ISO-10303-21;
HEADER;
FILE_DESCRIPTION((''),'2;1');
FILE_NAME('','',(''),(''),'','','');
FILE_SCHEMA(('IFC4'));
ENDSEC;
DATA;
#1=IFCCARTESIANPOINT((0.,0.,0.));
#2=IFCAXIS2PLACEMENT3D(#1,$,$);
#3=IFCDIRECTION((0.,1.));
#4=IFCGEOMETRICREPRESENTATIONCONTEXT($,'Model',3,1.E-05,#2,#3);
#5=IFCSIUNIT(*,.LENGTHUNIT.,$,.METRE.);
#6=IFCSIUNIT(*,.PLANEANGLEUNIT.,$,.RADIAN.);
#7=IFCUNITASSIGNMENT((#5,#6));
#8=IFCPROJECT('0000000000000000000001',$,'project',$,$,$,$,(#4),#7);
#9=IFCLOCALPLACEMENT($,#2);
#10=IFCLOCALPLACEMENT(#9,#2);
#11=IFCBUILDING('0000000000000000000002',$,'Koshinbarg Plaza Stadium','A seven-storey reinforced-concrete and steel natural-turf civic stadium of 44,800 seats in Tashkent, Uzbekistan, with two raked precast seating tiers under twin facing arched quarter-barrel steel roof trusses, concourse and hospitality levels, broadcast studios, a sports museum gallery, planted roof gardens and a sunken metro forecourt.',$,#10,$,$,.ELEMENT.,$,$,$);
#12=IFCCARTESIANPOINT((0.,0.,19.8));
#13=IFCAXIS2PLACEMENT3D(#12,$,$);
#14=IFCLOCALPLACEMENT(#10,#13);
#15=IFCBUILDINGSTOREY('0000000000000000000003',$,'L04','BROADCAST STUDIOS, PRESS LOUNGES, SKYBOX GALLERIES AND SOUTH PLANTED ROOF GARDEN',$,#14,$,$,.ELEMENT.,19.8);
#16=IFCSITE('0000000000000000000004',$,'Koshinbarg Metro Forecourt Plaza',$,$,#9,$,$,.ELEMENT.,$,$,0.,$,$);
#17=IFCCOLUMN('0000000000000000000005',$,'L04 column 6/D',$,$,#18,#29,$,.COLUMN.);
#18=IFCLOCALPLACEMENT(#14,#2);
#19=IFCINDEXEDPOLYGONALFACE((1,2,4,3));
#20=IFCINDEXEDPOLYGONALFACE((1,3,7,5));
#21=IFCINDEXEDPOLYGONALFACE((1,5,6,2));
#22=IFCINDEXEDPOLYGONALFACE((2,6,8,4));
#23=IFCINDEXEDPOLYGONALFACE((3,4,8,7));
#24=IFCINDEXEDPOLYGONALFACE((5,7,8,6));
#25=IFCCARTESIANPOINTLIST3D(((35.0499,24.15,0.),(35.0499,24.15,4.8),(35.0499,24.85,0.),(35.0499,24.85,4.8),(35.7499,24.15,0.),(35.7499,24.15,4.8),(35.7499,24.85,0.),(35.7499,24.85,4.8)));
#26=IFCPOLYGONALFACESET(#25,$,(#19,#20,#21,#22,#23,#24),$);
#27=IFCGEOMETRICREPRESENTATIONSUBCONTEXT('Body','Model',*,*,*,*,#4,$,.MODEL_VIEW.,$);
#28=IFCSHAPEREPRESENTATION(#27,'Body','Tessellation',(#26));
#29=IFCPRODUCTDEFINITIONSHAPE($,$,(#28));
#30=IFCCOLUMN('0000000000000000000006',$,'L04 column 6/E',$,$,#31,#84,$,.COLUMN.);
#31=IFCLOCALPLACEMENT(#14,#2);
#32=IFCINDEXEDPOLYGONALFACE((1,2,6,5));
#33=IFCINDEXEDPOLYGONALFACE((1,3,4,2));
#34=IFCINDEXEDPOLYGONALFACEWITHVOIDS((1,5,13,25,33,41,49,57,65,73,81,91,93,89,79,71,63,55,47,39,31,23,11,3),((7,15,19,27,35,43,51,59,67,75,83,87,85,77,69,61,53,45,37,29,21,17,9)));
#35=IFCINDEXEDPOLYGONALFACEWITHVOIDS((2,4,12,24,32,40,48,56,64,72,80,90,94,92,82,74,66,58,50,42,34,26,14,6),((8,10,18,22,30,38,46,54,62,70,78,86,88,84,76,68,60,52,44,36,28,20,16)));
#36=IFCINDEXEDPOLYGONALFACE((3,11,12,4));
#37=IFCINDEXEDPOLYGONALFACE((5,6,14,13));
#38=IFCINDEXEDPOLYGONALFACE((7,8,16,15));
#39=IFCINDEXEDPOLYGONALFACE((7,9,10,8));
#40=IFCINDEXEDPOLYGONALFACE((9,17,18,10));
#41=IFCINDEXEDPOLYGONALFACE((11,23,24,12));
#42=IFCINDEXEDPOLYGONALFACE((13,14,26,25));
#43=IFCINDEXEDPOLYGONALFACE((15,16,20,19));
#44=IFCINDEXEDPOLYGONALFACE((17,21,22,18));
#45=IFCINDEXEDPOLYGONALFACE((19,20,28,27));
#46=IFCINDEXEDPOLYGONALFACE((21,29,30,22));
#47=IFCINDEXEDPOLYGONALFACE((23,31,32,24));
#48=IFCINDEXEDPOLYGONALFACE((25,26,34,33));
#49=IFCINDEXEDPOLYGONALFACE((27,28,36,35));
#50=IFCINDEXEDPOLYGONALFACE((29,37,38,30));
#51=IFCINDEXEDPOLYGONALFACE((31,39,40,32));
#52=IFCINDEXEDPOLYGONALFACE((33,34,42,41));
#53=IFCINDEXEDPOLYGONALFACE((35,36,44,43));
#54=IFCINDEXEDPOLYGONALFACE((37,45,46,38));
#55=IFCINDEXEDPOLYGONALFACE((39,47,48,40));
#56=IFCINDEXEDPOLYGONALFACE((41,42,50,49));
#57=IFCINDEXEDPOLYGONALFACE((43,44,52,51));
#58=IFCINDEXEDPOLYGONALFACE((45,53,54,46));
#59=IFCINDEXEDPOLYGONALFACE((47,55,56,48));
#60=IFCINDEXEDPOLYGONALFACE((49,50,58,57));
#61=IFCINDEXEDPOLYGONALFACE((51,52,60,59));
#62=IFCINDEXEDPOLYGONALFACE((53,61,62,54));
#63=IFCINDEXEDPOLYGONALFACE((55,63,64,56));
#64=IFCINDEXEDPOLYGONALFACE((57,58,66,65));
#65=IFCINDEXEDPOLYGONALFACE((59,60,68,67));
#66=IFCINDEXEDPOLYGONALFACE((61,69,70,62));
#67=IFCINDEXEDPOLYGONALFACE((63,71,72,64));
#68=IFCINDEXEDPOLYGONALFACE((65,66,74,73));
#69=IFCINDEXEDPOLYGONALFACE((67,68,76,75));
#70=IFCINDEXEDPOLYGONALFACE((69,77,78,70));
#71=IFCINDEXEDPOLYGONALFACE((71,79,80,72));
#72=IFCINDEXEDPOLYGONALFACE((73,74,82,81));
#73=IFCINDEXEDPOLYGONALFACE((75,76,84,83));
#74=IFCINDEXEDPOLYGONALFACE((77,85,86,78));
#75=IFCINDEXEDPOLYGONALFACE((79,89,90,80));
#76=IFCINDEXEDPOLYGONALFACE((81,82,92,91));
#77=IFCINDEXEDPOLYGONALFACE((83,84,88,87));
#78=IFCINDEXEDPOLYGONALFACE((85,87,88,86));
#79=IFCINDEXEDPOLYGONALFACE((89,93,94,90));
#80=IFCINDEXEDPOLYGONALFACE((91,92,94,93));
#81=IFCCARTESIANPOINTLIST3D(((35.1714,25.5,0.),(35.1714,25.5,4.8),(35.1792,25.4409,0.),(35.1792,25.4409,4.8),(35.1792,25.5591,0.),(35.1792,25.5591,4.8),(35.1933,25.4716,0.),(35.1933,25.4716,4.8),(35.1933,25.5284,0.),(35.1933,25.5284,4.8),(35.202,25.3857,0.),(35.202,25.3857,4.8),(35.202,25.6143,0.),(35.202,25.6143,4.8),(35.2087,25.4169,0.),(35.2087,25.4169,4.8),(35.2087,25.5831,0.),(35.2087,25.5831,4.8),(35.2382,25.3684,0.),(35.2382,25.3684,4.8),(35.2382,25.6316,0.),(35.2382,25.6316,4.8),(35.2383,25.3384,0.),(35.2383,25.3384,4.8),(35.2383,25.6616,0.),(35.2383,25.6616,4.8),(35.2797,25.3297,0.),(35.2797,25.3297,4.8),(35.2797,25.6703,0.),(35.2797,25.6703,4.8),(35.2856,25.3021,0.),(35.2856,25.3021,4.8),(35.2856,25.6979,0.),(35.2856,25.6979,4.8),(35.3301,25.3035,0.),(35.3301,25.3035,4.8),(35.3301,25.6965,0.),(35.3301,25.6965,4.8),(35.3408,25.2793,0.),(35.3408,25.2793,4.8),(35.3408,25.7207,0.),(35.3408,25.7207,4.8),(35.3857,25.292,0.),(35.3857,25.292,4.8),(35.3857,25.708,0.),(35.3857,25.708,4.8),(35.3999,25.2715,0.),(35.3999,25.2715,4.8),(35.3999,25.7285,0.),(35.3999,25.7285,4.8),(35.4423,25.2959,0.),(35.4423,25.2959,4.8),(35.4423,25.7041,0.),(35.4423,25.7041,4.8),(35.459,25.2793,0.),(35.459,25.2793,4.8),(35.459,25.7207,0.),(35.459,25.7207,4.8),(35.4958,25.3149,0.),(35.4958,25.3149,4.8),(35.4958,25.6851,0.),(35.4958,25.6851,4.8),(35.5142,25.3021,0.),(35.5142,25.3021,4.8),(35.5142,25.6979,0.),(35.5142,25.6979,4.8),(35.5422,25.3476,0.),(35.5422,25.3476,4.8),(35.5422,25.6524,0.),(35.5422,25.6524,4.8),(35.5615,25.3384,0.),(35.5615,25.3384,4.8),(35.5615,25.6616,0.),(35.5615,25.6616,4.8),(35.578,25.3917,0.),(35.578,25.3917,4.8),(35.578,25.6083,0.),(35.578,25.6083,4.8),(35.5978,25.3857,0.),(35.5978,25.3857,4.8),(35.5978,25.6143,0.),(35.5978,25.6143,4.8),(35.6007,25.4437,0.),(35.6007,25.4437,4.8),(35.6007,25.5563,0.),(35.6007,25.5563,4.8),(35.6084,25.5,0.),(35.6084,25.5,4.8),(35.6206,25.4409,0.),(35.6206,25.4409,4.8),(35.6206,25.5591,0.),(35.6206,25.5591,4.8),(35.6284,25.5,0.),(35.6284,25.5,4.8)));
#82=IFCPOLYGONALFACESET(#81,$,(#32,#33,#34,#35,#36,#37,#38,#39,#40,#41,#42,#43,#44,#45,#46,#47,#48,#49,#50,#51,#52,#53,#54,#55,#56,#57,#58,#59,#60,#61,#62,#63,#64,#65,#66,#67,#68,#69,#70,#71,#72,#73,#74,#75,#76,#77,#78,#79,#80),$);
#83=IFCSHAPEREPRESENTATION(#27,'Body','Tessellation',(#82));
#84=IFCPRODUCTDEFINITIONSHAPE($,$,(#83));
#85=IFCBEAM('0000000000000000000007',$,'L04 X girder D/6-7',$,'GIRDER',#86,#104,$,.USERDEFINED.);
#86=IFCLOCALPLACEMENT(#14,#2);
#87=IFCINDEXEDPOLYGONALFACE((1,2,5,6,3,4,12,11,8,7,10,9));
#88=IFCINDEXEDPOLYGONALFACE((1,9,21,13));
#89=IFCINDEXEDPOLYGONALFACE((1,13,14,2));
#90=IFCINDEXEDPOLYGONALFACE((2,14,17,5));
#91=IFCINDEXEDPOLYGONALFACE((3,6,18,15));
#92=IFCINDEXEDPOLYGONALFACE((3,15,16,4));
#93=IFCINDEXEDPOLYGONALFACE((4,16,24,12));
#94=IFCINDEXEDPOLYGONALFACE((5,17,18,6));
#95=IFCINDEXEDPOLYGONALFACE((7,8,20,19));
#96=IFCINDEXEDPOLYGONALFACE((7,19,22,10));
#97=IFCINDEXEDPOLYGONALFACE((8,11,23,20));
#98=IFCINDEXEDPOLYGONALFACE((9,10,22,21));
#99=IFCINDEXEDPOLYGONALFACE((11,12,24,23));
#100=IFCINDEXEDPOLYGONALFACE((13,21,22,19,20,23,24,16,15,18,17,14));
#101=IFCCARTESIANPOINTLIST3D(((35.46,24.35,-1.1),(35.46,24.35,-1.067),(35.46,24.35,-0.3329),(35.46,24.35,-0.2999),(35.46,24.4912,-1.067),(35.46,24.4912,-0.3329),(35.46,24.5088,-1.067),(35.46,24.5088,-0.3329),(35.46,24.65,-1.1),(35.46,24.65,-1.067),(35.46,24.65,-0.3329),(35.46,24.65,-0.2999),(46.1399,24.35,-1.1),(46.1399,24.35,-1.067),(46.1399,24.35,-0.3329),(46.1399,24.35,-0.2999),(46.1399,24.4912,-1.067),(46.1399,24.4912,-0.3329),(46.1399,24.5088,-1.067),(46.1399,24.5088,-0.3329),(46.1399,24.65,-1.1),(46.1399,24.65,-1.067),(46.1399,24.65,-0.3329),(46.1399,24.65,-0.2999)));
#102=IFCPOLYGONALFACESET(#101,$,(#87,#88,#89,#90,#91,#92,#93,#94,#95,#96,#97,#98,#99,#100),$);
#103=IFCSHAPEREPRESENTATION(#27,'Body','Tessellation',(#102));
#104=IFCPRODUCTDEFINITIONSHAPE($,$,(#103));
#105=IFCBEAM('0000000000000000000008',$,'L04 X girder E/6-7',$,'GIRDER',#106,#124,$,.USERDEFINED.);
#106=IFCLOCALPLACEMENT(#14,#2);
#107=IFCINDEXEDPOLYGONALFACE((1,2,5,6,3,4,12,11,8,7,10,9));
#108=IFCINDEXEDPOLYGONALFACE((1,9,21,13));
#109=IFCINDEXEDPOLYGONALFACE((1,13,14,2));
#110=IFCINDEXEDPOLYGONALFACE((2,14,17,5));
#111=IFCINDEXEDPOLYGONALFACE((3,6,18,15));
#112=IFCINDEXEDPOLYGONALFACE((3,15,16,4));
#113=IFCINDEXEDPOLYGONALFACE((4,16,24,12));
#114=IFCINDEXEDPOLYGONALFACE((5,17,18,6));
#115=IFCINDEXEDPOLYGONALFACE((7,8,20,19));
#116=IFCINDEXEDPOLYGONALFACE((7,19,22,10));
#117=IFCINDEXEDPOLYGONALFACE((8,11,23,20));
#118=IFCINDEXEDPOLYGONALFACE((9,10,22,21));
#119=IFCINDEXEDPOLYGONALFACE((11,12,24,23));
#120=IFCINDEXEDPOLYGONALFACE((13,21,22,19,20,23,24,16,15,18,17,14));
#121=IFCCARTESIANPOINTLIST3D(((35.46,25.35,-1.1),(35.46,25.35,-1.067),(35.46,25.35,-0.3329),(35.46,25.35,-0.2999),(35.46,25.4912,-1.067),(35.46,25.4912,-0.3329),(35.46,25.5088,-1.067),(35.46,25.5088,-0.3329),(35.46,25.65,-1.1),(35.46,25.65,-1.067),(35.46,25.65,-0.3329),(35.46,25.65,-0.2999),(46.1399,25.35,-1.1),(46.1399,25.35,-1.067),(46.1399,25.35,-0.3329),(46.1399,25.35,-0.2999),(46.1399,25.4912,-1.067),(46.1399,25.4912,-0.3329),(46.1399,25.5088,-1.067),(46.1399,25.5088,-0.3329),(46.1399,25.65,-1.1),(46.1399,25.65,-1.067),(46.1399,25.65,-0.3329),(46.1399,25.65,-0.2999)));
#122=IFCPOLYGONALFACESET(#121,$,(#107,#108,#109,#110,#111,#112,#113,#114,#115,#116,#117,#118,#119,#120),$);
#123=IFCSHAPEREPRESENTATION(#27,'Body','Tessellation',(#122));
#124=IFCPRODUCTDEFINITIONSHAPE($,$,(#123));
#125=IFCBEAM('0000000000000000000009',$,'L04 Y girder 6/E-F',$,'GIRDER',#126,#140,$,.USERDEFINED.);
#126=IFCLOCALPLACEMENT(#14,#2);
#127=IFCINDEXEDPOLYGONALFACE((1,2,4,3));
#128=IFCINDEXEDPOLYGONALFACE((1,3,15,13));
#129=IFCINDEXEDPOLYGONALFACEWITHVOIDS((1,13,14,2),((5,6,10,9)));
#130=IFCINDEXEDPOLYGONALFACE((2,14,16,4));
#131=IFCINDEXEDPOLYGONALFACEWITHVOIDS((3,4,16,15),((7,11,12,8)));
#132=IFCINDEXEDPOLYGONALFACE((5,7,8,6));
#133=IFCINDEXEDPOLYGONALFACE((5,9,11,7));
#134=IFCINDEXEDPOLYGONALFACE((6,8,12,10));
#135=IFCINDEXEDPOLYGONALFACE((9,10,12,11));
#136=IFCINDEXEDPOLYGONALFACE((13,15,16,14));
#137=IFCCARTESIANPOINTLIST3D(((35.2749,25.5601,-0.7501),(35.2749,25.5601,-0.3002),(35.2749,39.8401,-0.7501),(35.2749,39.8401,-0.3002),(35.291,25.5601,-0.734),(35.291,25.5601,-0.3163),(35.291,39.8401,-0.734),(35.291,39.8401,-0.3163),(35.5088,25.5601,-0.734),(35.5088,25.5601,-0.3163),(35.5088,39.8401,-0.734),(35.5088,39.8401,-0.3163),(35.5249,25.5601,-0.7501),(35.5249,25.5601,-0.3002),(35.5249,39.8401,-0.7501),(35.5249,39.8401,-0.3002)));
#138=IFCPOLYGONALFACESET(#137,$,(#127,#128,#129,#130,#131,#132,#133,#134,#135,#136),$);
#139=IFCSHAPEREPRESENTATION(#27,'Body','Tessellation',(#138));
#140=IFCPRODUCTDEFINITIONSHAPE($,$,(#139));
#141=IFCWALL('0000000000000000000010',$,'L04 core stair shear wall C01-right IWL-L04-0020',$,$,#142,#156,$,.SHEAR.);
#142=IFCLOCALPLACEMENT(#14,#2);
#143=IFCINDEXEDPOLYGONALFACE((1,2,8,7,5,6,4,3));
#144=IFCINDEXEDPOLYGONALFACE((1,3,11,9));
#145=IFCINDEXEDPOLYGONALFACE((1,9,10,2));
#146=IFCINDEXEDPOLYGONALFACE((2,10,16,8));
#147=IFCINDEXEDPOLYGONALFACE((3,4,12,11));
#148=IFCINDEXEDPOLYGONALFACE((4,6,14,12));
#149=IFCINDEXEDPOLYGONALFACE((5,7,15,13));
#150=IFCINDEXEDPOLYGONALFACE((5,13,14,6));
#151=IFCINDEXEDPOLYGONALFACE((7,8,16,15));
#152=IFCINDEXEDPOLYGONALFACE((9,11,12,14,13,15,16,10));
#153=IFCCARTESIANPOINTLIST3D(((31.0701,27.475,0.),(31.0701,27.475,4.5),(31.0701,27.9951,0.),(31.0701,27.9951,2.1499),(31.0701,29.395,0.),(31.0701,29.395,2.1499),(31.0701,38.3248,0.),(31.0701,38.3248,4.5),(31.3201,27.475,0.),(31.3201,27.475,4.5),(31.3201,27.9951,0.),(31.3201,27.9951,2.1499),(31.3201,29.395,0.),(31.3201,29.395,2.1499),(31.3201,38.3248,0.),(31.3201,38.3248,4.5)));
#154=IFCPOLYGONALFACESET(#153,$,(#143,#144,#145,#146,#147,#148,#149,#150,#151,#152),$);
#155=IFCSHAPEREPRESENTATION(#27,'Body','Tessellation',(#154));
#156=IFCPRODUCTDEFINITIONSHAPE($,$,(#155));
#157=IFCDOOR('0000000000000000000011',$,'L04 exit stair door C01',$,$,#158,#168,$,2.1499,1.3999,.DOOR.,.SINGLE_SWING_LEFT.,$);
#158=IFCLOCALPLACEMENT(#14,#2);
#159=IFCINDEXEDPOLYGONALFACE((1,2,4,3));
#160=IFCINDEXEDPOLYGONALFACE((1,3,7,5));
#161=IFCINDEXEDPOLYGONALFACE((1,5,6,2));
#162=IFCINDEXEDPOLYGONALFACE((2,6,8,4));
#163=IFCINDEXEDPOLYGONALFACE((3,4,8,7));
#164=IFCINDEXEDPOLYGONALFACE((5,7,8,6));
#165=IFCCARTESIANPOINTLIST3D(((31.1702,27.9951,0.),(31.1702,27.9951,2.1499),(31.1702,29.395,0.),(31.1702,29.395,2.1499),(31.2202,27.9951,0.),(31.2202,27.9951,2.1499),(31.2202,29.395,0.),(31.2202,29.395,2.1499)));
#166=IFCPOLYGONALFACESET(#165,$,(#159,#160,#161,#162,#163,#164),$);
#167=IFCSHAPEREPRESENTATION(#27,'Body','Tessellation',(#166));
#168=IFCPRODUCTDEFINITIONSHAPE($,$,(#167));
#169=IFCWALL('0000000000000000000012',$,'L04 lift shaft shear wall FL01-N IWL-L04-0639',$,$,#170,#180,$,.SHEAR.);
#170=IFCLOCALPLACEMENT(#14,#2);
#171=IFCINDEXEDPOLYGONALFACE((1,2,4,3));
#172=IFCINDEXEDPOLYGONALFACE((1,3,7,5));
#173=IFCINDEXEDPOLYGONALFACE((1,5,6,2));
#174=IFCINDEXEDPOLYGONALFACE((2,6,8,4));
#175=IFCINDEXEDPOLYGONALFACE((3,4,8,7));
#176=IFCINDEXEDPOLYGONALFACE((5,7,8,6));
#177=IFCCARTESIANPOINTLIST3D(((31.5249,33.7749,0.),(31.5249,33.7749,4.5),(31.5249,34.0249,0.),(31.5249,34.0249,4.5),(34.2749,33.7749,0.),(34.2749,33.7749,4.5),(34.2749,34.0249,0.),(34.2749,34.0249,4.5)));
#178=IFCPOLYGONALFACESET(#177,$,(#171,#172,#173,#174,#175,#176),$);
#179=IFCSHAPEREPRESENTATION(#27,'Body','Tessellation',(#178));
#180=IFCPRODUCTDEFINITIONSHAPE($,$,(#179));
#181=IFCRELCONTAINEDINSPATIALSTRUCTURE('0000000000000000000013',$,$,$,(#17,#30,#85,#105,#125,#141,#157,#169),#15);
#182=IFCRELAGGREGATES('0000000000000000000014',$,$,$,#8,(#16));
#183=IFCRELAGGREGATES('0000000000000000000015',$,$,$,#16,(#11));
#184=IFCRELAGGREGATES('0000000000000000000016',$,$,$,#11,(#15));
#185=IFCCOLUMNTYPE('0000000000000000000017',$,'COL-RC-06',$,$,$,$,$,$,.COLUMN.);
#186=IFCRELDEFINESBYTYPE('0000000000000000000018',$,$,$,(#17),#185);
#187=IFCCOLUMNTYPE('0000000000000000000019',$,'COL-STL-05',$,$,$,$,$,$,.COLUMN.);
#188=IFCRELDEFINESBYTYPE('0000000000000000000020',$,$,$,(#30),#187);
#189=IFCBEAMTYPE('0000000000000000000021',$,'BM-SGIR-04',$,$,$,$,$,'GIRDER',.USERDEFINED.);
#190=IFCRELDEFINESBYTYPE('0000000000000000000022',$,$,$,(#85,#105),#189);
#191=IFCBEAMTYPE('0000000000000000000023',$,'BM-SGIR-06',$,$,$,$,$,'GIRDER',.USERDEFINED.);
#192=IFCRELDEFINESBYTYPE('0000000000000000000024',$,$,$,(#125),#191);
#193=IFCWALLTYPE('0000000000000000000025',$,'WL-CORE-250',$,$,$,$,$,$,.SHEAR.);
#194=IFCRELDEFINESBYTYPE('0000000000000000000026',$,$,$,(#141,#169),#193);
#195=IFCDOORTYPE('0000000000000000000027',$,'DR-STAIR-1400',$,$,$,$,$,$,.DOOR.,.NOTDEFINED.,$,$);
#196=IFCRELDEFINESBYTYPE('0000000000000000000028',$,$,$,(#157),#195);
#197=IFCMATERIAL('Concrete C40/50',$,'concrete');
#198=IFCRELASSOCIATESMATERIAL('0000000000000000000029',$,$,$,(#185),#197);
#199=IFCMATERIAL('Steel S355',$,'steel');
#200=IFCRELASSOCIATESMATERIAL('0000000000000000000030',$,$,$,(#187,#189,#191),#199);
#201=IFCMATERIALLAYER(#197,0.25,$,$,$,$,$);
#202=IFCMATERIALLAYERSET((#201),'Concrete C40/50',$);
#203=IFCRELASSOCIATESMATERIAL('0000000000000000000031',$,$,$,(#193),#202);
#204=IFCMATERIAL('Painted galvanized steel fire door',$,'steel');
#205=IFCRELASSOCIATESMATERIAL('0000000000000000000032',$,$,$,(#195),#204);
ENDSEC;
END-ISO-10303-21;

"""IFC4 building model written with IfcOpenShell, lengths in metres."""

from ifc_helpers import new_model, si_unit, direction, frame, frame_2d, origin, origin_2d, place, context, subcontext, project, spatial, rectangle, hollow_rectangle, hollow_circle, i_section, extrude, material, layer, layer_set, material_profile, profile_set, type_object, element, fill, save


model = new_model("IFC4")

# Units and contexts
model_context = context("Model", 3, precision=1e-05, world=origin(), true_north=direction((0.0, 1.0)))
body_context = subcontext(model_context, "Body", "Model", "MODEL_VIEW")
ifc_project = project(units=[si_unit("LENGTHUNIT", "METRE"), si_unit("PLANEANGLEUNIT", "RADIAN")], contexts=[model_context])

# Site, building, storey
site_placement = place(None, origin())
site = spatial("IfcSite", under=ifc_project, at=site_placement, Name="Koshinbarg Metro Forecourt Plaza", CompositionType="ELEMENT", RefElevation=0.0)
building_placement = place(site_placement, origin())
building = spatial("IfcBuilding", under=site, at=building_placement, Name="Koshinbarg Plaza Stadium", Description="A seven-storey reinforced-concrete and steel natural-turf civic stadium of 44,800 seats in Tashkent, Uzbekistan, with two raked precast seating tiers under twin facing arched quarter-barrel steel roof trusses, concourse and hospitality levels, broadcast studios, a sports museum gallery, planted roof gardens and a sunken metro forecourt.", CompositionType="ELEMENT")
storey_placement = place(building_placement, frame((0.0, 0.0, 19.8)))
storey = spatial("IfcBuildingStorey", under=building, at=storey_placement, Name="L04", Description="BROADCAST STUDIOS, PRESS LOUNGES, SKYBOX GALLERIES AND SOUTH PLANTED ROOF GARDEN", CompositionType="ELEMENT", Elevation=19.8)

# Columns
ifc_material_1 = material(Name="Concrete C40/50", Category="concrete")
ifc_material_profile_1 = material_profile(ifc_material_1, rectangle(XDim=0.7, YDim=0.7, at=origin_2d()), Name="RC 700x700")
ifc_profile_set_1 = profile_set([ifc_material_profile_1], Name="Concrete C40/50")
column_type_1 = type_object("IfcColumnType", Name="COL-RC-06", PredefinedType="COLUMN", material=ifc_profile_set_1)
column_1_placement = place(storey_placement, frame((35.3999, 24.5, 0.0), z_axis=(0.0, 0.0, 1.0), x_axis=(1.0, 0.0, 0.0)))
element("IfcColumn", 1, at=column_1_placement, inside=storey, type_object=column_type_1, Name="L04 column 6/D", PredefinedType="COLUMN", context=body_context, shape_type="SweptSolid", body=[
    extrude(rectangle(XDim=0.7, YDim=0.7, at=origin_2d()), origin(), (0.0, 0.0, 1.0), 4.8),
])
ifc_material_2 = material(Name="Steel S355", Category="steel")
ifc_material_profile_2 = material_profile(ifc_material_2, hollow_circle(Radius=0.2285, WallThickness=0.02, at=origin_2d()), Name="CHS 457x20")
ifc_profile_set_2 = profile_set([ifc_material_profile_2], Name="Steel S355")
column_type_2 = type_object("IfcColumnType", Name="COL-STL-05", PredefinedType="COLUMN", material=ifc_profile_set_2)
column_2_placement = place(storey_placement, frame((35.3999, 25.5, 0.0), z_axis=(0.0, 0.0, 1.0), x_axis=(1.0, 0.0, 0.0)))
element("IfcColumn", 2, at=column_2_placement, inside=storey, type_object=column_type_2, Name="L04 column 6/E", PredefinedType="COLUMN", context=body_context, shape_type="SweptSolid", body=[
    extrude(hollow_circle(Radius=0.2285, WallThickness=0.02, at=origin_2d()), origin(), (0.0, 0.0, 1.0), 4.8),
])

# Beams
ifc_material_profile_3 = material_profile(ifc_material_2, i_section(OverallWidth=0.3, OverallDepth=0.8, WebThickness=0.0176, FlangeThickness=0.033, at=origin_2d()), Name="HEB 800")
ifc_profile_set_3 = profile_set([ifc_material_profile_3], Name="Steel S355")
beam_type_1 = type_object("IfcBeamType", Name="BM-SGIR-04", ElementType="GIRDER", PredefinedType="USERDEFINED", material=ifc_profile_set_3)
for number, where, z_axis, x_axis, name in (
    (3, (35.46, 24.5, -0.7), (1.0, 0.0, 0.0), (0.0, 1.0, 0.0), "L04 X girder D/6-7"),
    (4, (35.46, 25.5, -0.7), (1.0, 0.0, 0.0), (0.0, 1.0, 0.0), "L04 X girder E/6-7"),
):
    element("IfcBeam", number, at=place(storey_placement, frame(where, z_axis=z_axis, x_axis=x_axis)), inside=storey, type_object=beam_type_1, Name=name, ObjectType="GIRDER", PredefinedType="USERDEFINED", context=body_context, shape_type="SweptSolid", body=[
        extrude(i_section(OverallWidth=0.3, OverallDepth=0.8, WebThickness=0.0176, FlangeThickness=0.033, at=origin_2d()), origin(), (0.0, 0.0, 1.0), 10.6799),
    ])
ifc_material_profile_4 = material_profile(ifc_material_2, hollow_rectangle(XDim=0.25, YDim=0.45, WallThickness=0.0161, at=origin_2d()), Name="RHS 450x250x16")
ifc_profile_set_4 = profile_set([ifc_material_profile_4], Name="Steel S355")
beam_type_2 = type_object("IfcBeamType", Name="BM-SGIR-06", ElementType="GIRDER", PredefinedType="USERDEFINED", material=ifc_profile_set_4)
beam_placement = place(storey_placement, frame((35.3999, 25.5601, -0.5251), z_axis=(0.0, 1.0, 0.0), x_axis=(-1.0, 0.0, 0.0)))
element("IfcBeam", 5, at=beam_placement, inside=storey, type_object=beam_type_2, Name="L04 Y girder 6/E-F", ObjectType="GIRDER", PredefinedType="USERDEFINED", context=body_context, shape_type="SweptSolid", body=[
    extrude(hollow_rectangle(XDim=0.25, YDim=0.45, WallThickness=0.0161, at=origin_2d()), origin(), (0.0, 0.0, 1.0), 14.28),
])

# Wall, opening, door
ifc_layer_1 = layer(ifc_material_1, 0.25)
ifc_layer_set_1 = layer_set([ifc_layer_1], Name="Concrete C40/50")
wall_type_1 = type_object("IfcWallType", Name="WL-CORE-250", PredefinedType="SHEAR", material=ifc_layer_set_1)
wall_1_placement = place(storey_placement, frame((31.1951, 27.4751, 0.0), z_axis=(0.0, 0.0, 1.0), x_axis=(0.0, 1.0, 0.0)))
wall_1 = element("IfcWall", 6, at=wall_1_placement, inside=storey, type_object=wall_type_1, Name="L04 core stair shear wall C01-right IWL-L04-0020", PredefinedType="SHEAR", context=body_context, shape_type="SweptSolid", body=[
    extrude(rectangle(XDim=10.8499, YDim=0.25, at=frame_2d((5.4248, 0.0))), origin(), (0.0, 0.0, 1.0), 4.5),
])
opening_1_placement = place(wall_1_placement, frame((0.52, 0.0, 0.0)))
opening_1 = element("IfcOpeningElement", 7, at=opening_1_placement, cuts=wall_1, PredefinedType="OPENING", context=body_context, shape_type="SweptSolid", body=[
    extrude(rectangle(XDim=1.3999, YDim=2.1499, at=frame_2d((0.7, 1.075))), frame((0.0, 0.135, 0.0), z_axis=(0.0, -1.0, 0.0), x_axis=(1.0, 0.0, 0.0)), (0.0, 0.0, 1.0), 0.27),
])
ifc_material_3 = material(Name="Painted galvanized steel fire door", Category="steel")
door_type_1 = type_object("IfcDoorType", Name="DR-STAIR-1400", OperationType="NOTDEFINED", PredefinedType="DOOR", material=ifc_material_3)
door_1_placement = place(opening_1_placement, origin())
door_1 = element("IfcDoor", 8, at=door_1_placement, inside=storey, type_object=door_type_1, Name="L04 exit stair door C01", OperationType="SINGLE_SWING_LEFT", OverallHeight=2.1499, OverallWidth=1.3999, PredefinedType="DOOR", context=body_context, shape_type="SweptSolid", body=[
    extrude(rectangle(XDim=1.3999, YDim=2.1499, at=frame_2d((0.7, 1.075))), frame((0.0, 0.0249, 0.0), z_axis=(0.0, -1.0, 0.0), x_axis=(1.0, 0.0, 0.0)), (0.0, 0.0, 1.0), 0.05),
])
fill(opening_1, door_1)

# Wall
wall_2_placement = place(storey_placement, frame((34.2749, 33.8999, 0.0), z_axis=(0.0, 0.0, 1.0), x_axis=(-1.0, 0.0, 0.0)))
element("IfcWall", 9, at=wall_2_placement, inside=storey, type_object=wall_type_1, Name="L04 lift shaft shear wall FL01-N IWL-L04-0639", PredefinedType="SHEAR", context=body_context, shape_type="SweptSolid", body=[
    extrude(rectangle(XDim=2.75, YDim=0.25, at=frame_2d((1.375, 0.0))), origin(), (0.0, 0.0, 1.0), 4.5),
])

save(model, "model.ifc")
